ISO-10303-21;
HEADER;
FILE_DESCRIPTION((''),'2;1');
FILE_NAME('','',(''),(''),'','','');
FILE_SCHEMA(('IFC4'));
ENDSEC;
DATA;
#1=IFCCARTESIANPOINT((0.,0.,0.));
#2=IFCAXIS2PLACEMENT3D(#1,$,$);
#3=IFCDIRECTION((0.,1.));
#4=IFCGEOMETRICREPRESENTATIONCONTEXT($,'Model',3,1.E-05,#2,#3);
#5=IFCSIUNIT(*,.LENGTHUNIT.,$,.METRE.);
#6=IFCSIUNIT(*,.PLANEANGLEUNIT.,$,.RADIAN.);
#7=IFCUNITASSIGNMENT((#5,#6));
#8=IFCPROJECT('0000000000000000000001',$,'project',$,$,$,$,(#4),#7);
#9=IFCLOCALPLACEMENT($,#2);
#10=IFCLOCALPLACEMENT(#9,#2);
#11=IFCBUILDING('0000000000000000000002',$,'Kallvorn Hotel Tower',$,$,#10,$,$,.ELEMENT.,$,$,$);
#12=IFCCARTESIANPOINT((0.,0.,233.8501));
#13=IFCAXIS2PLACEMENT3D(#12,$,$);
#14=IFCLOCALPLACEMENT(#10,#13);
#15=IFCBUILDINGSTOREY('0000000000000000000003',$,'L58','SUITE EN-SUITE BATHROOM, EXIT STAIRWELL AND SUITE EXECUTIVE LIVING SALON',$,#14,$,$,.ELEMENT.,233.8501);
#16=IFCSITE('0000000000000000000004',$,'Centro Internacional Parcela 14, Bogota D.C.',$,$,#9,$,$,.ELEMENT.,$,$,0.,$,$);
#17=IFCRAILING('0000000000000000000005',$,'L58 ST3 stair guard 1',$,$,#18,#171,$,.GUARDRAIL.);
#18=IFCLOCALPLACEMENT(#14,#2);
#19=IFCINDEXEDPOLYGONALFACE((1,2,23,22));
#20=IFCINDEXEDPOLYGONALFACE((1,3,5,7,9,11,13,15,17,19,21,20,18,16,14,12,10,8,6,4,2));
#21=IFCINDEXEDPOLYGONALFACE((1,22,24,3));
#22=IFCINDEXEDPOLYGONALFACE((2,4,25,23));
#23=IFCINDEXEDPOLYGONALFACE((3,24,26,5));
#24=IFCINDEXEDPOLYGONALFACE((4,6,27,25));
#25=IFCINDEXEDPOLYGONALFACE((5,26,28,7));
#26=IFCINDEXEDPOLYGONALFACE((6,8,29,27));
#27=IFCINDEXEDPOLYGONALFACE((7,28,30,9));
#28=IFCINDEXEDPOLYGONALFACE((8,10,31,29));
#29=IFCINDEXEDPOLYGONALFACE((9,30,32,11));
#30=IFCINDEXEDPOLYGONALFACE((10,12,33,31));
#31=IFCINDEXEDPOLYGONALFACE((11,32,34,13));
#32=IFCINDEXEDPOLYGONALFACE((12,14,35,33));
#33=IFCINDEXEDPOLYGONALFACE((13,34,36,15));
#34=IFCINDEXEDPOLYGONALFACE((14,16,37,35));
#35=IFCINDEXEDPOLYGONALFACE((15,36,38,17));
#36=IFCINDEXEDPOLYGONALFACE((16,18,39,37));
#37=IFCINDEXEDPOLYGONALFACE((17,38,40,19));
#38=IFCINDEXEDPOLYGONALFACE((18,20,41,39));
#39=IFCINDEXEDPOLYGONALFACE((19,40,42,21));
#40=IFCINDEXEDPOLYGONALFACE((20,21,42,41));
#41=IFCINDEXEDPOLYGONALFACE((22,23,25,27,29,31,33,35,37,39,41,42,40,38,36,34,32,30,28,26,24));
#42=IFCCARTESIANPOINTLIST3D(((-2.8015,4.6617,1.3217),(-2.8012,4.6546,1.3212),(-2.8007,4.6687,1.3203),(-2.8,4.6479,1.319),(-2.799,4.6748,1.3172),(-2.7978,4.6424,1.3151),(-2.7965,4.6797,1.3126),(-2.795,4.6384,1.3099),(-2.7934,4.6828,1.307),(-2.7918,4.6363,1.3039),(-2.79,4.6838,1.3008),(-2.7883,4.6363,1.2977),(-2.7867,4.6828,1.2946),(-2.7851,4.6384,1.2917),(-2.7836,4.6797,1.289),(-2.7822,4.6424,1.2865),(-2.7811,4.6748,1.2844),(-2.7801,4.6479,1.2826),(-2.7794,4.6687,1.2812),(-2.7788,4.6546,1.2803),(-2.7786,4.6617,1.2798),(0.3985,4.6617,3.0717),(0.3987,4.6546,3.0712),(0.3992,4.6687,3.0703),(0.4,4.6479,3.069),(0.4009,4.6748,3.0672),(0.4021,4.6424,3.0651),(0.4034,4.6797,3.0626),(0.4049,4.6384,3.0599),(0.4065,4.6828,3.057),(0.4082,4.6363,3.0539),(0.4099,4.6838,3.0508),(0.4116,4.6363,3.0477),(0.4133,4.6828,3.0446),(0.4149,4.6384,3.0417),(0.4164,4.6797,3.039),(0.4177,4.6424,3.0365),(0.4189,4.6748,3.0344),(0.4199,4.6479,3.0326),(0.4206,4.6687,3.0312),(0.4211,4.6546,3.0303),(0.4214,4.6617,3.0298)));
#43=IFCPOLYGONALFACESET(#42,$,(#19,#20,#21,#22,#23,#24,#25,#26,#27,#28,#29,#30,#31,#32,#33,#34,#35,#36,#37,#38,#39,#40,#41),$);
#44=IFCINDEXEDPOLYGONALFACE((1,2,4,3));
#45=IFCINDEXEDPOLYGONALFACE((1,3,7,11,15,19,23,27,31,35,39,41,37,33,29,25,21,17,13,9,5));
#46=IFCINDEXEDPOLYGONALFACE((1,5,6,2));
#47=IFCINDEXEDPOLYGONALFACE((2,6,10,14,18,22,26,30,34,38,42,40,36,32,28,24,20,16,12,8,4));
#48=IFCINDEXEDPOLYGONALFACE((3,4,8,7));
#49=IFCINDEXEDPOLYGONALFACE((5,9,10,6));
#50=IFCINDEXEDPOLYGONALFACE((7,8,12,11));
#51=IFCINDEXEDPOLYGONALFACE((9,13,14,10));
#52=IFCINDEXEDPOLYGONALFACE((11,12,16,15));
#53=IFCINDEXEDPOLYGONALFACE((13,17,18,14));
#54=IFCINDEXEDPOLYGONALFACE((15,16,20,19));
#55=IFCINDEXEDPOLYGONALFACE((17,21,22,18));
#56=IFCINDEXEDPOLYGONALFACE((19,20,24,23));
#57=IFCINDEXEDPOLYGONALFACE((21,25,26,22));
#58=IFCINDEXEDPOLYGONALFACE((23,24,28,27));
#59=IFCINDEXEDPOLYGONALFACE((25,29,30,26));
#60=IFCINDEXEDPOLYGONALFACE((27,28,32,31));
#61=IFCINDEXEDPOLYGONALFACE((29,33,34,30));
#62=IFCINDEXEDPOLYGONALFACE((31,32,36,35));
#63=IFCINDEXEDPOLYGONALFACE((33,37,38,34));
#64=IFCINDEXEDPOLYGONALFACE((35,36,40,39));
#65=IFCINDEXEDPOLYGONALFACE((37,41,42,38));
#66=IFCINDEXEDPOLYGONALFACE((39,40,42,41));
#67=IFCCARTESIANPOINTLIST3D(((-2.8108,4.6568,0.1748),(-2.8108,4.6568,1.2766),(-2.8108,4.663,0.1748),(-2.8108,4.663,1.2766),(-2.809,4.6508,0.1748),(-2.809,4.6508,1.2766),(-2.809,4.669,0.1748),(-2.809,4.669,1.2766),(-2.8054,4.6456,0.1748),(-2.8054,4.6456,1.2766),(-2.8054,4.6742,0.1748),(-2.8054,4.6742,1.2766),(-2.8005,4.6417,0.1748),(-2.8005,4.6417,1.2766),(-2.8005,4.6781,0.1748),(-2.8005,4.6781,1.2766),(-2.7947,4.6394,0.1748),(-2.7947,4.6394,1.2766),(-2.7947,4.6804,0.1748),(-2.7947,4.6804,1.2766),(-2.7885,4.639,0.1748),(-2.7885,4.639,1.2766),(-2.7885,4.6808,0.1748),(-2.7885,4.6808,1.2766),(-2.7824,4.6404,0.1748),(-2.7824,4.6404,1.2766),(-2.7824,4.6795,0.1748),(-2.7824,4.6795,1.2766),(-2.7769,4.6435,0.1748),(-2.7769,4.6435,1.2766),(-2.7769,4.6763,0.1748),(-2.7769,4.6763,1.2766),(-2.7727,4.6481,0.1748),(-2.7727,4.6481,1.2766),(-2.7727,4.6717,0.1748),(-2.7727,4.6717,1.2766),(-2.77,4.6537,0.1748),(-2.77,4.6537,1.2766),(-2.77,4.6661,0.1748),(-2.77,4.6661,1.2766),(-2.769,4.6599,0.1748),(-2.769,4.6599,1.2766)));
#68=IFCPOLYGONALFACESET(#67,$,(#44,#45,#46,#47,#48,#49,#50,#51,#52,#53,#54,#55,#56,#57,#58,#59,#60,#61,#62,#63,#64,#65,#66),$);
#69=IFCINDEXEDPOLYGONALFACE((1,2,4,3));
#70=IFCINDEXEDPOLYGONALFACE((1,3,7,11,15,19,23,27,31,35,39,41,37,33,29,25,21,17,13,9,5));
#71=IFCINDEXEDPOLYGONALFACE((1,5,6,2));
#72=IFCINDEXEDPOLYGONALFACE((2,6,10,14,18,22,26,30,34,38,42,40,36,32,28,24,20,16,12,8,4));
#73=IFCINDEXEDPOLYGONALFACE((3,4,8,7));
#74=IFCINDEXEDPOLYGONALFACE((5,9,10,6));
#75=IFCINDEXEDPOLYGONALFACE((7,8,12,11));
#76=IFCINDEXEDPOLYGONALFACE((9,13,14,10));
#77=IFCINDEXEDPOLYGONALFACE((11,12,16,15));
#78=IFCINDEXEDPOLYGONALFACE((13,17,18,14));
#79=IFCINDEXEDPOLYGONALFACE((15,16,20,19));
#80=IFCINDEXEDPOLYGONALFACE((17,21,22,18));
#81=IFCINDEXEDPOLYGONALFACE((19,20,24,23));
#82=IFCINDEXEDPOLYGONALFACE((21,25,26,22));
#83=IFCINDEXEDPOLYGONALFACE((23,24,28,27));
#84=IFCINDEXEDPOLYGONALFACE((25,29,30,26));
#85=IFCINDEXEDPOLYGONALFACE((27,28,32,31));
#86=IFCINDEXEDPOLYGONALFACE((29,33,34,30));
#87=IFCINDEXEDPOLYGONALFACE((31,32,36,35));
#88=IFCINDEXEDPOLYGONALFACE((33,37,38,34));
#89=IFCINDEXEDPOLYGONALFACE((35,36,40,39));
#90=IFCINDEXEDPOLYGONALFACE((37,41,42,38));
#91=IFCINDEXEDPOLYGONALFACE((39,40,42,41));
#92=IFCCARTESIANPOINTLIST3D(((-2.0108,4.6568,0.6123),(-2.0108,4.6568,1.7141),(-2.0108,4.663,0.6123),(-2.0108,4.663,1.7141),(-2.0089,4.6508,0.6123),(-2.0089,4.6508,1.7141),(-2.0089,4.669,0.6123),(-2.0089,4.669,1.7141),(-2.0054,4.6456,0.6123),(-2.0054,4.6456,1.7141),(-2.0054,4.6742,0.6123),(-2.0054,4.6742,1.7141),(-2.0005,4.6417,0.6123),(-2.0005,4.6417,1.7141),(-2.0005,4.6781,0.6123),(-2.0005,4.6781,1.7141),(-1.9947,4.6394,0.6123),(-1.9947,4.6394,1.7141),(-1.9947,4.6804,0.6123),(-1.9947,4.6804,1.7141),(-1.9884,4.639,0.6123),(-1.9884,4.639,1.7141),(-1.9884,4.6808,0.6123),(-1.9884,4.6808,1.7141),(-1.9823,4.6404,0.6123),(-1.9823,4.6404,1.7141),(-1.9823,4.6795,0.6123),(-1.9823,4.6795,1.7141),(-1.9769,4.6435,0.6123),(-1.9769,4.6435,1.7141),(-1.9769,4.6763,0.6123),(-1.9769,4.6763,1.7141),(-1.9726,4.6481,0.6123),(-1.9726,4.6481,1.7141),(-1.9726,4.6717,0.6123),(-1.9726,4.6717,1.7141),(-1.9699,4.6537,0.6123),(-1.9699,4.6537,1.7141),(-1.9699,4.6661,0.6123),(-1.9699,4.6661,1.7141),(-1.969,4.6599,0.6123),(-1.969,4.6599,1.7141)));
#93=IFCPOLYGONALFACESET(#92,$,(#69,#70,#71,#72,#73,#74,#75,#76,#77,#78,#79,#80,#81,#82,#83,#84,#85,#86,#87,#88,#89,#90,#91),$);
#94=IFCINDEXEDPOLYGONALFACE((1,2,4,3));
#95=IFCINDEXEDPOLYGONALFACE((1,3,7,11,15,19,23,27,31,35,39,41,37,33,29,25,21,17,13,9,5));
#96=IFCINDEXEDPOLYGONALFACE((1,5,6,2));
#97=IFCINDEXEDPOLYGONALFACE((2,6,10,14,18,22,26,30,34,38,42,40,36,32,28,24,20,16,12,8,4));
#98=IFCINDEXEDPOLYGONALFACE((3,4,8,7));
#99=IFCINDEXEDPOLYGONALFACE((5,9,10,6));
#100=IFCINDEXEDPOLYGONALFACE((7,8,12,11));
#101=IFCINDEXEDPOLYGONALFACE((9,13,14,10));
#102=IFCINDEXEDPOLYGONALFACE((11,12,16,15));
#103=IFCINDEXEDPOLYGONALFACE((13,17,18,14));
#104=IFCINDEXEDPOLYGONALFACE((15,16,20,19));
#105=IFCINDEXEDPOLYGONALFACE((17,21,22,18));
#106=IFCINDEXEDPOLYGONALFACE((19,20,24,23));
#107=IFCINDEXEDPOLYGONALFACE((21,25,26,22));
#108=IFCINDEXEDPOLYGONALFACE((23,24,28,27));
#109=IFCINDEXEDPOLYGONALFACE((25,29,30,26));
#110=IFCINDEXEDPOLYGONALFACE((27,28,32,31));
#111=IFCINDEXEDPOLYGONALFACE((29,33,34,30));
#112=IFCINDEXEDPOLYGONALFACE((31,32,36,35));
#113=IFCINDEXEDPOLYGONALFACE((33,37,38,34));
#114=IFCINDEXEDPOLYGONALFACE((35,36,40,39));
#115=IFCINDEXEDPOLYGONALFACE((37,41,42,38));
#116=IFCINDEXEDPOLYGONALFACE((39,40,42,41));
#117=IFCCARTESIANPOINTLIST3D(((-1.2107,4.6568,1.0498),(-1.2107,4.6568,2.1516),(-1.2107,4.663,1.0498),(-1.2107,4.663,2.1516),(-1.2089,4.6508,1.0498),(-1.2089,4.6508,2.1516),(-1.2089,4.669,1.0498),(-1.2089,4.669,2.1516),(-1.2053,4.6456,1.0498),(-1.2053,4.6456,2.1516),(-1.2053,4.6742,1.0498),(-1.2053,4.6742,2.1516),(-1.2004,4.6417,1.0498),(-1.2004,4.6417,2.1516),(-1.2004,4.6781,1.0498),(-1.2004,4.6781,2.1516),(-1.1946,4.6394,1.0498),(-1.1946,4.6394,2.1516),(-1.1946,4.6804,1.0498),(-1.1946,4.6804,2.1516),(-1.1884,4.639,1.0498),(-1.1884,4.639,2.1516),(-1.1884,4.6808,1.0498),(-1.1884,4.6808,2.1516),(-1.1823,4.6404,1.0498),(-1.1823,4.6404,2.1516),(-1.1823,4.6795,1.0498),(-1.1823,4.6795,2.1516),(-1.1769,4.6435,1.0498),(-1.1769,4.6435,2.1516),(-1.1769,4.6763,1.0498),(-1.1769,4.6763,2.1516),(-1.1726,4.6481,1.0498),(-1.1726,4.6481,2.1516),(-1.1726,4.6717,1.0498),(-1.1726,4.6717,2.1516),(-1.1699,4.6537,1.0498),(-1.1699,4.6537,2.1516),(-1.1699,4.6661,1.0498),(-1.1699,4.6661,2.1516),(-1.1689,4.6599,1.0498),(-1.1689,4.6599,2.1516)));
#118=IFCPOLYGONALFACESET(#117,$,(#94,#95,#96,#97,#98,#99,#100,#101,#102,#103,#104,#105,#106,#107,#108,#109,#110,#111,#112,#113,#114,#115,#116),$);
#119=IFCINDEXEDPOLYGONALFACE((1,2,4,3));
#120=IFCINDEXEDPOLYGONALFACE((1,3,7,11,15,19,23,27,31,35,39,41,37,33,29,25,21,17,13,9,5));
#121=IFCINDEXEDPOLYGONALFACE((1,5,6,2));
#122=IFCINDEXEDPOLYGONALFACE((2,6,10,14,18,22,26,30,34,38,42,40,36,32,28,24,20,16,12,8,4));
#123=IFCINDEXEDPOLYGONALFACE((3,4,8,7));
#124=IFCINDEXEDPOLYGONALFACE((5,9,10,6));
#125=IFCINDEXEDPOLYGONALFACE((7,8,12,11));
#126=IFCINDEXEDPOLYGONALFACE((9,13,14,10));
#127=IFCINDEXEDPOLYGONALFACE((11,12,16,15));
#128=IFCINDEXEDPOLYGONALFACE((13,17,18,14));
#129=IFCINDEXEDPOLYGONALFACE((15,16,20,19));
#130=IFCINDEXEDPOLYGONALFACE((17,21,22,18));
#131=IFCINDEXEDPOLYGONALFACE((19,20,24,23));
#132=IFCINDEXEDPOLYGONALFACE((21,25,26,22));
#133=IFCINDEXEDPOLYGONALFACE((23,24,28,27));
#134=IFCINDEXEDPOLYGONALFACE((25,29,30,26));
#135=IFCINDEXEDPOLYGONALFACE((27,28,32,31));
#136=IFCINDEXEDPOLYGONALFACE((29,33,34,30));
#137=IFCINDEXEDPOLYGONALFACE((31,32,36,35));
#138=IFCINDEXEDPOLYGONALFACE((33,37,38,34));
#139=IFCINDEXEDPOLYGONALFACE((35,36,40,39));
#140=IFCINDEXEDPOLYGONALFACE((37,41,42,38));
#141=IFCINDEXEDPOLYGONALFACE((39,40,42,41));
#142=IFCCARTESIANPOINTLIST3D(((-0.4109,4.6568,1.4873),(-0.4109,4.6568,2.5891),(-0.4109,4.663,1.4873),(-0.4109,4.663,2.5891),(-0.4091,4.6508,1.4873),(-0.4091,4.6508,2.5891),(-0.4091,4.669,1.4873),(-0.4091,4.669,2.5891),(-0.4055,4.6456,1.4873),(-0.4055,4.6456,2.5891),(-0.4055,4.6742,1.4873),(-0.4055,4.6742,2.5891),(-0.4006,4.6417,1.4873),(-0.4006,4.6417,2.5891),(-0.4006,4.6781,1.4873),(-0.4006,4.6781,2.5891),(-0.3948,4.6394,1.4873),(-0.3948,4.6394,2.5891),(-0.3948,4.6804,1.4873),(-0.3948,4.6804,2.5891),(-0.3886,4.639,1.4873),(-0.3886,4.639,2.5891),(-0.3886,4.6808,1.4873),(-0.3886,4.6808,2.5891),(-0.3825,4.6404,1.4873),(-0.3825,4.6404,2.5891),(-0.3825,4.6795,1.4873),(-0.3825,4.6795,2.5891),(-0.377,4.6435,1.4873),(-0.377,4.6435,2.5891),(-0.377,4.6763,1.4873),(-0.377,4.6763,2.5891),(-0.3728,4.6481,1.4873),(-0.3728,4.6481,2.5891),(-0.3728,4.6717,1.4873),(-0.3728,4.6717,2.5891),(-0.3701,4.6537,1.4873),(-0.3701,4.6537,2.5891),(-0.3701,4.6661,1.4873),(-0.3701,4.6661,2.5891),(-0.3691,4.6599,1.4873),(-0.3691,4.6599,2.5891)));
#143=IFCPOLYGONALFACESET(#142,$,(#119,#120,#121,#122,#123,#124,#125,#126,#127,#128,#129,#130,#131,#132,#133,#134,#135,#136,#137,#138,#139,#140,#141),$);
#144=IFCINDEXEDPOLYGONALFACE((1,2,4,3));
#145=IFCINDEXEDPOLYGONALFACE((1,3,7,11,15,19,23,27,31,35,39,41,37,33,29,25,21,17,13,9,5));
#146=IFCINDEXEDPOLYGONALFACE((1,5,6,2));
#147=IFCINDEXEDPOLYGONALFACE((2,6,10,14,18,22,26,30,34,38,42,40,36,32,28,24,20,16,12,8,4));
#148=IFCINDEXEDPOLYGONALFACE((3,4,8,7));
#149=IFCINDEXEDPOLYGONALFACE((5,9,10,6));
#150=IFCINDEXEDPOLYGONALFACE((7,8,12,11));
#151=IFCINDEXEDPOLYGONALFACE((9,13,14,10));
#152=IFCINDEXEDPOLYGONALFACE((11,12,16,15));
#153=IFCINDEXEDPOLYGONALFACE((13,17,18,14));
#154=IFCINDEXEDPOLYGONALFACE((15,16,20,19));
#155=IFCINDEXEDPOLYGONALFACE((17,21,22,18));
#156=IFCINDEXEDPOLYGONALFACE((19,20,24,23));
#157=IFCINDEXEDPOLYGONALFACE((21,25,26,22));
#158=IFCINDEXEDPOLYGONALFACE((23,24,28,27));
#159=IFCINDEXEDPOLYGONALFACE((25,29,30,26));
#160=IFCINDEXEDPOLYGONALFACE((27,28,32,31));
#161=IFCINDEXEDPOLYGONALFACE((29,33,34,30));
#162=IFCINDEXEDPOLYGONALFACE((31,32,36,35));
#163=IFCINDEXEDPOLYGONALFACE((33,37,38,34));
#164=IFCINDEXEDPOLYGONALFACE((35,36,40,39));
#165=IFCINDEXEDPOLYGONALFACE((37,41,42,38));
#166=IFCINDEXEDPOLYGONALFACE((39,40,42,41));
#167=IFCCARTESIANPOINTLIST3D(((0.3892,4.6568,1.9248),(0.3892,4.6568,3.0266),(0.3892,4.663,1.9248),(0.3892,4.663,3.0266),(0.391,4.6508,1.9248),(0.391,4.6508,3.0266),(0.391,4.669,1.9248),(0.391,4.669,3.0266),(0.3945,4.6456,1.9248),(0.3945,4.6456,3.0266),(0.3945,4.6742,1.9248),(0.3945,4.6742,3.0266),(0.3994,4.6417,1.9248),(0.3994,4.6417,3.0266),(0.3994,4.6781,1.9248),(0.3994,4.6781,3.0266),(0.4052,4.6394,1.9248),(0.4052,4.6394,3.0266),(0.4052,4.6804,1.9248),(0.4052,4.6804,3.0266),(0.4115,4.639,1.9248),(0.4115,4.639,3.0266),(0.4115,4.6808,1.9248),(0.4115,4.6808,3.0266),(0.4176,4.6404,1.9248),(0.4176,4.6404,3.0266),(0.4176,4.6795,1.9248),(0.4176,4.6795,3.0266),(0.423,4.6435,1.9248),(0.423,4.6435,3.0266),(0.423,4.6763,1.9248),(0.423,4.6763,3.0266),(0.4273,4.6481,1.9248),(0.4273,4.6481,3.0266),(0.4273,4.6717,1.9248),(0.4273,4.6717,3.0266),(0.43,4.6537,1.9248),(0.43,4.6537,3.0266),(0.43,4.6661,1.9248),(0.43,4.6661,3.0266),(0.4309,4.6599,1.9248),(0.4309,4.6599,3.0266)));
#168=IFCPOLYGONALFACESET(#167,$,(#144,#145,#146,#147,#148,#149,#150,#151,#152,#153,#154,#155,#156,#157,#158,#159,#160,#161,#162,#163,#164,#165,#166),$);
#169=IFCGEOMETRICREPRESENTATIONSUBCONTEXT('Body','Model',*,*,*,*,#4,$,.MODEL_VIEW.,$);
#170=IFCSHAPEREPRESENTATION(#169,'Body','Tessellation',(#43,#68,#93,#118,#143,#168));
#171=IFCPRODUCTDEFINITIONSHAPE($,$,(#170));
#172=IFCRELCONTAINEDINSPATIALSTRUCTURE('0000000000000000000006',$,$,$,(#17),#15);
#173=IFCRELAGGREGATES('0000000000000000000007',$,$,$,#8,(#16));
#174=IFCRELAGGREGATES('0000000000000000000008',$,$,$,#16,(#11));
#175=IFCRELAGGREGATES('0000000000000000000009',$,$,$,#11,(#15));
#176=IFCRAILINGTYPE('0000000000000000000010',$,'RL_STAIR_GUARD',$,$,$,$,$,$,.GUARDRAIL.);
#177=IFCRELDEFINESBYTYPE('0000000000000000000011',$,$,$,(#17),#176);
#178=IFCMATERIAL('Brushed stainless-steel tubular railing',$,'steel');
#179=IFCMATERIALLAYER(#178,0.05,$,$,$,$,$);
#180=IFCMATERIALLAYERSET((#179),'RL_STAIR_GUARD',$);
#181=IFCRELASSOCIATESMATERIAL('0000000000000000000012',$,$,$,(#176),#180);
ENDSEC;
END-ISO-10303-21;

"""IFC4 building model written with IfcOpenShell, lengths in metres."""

from ifc_helpers import new_model, si_unit, direction, frame, origin, origin_2d, place, context, subcontext, project, spatial, circle, extrude, material, layer, layer_set, type_object, element, save


model = new_model("IFC4")

# Units and contexts
model_context = context("Model", 3, precision=1e-05, world=origin(), true_north=direction((0.0, 1.0)))
body_context = subcontext(model_context, "Body", "Model", "MODEL_VIEW")
ifc_project = project(units=[si_unit("LENGTHUNIT", "METRE"), si_unit("PLANEANGLEUNIT", "RADIAN")], contexts=[model_context])

# Site, building, storey
site_placement = place(None, origin())
site = spatial("IfcSite", under=ifc_project, at=site_placement, Name="Centro Internacional Parcela 14, Bogota D.C.", CompositionType="ELEMENT", RefElevation=0.0)
building_placement = place(site_placement, origin())
building = spatial("IfcBuilding", under=site, at=building_placement, Name="Kallvorn Hotel Tower", CompositionType="ELEMENT")
storey_placement = place(building_placement, frame((0.0, 0.0, 233.8501)))
storey = spatial("IfcBuildingStorey", under=building, at=storey_placement, Name="L58", Description="SUITE EN-SUITE BATHROOM, EXIT STAIRWELL AND SUITE EXECUTIVE LIVING SALON", CompositionType="ELEMENT", Elevation=233.8501)

# Railing
ifc_material_1 = material(Name="Brushed stainless-steel tubular railing", Category="steel")
ifc_layer_1 = layer(ifc_material_1, 0.05)
ifc_layer_set_1 = layer_set([ifc_layer_1], Name="RL_STAIR_GUARD")
railing_type_1 = type_object("IfcRailingType", Name="RL_STAIR_GUARD", PredefinedType="GUARDRAIL", material=ifc_layer_set_1)
railing_1_placement = place(storey_placement, frame((-2.79, 4.6599, 0.1748)))
element("IfcRailing", 1, at=railing_1_placement, inside=storey, type_object=railing_type_1, Name="L58 ST3 stair guard 1", PredefinedType="GUARDRAIL", context=body_context, shape_type="SweptSolid", body=[
    extrude(circle(Radius=0.0239, at=origin_2d()), frame((0.0, 0.0, 1.126), z_axis=(0.877368, 0.0, 0.479818), x_axis=(0.0, 1.0, 0.0)), (0.0, 0.0, 1.0), 3.6472),
    extrude(circle(Radius=0.021, at=origin_2d()), origin(), (0.0, 0.0, 1.0), 1.1018),
    extrude(circle(Radius=0.021, at=origin_2d()), frame((0.8, 0.0, 0.4375)), (0.0, 0.0, 1.0), 1.1018),
    extrude(circle(Radius=0.021, at=origin_2d()), frame((1.6001, 0.0, 0.875)), (0.0, 0.0, 1.0), 1.1018),
    extrude(circle(Radius=0.021, at=origin_2d()), frame((2.3999, 0.0, 1.3125)), (0.0, 0.0, 1.0), 1.1018),
    extrude(circle(Radius=0.021, at=origin_2d()), frame((3.2, 0.0, 1.75)), (0.0, 0.0, 1.0), 1.1018),
])

save(model, "model.ifc")
